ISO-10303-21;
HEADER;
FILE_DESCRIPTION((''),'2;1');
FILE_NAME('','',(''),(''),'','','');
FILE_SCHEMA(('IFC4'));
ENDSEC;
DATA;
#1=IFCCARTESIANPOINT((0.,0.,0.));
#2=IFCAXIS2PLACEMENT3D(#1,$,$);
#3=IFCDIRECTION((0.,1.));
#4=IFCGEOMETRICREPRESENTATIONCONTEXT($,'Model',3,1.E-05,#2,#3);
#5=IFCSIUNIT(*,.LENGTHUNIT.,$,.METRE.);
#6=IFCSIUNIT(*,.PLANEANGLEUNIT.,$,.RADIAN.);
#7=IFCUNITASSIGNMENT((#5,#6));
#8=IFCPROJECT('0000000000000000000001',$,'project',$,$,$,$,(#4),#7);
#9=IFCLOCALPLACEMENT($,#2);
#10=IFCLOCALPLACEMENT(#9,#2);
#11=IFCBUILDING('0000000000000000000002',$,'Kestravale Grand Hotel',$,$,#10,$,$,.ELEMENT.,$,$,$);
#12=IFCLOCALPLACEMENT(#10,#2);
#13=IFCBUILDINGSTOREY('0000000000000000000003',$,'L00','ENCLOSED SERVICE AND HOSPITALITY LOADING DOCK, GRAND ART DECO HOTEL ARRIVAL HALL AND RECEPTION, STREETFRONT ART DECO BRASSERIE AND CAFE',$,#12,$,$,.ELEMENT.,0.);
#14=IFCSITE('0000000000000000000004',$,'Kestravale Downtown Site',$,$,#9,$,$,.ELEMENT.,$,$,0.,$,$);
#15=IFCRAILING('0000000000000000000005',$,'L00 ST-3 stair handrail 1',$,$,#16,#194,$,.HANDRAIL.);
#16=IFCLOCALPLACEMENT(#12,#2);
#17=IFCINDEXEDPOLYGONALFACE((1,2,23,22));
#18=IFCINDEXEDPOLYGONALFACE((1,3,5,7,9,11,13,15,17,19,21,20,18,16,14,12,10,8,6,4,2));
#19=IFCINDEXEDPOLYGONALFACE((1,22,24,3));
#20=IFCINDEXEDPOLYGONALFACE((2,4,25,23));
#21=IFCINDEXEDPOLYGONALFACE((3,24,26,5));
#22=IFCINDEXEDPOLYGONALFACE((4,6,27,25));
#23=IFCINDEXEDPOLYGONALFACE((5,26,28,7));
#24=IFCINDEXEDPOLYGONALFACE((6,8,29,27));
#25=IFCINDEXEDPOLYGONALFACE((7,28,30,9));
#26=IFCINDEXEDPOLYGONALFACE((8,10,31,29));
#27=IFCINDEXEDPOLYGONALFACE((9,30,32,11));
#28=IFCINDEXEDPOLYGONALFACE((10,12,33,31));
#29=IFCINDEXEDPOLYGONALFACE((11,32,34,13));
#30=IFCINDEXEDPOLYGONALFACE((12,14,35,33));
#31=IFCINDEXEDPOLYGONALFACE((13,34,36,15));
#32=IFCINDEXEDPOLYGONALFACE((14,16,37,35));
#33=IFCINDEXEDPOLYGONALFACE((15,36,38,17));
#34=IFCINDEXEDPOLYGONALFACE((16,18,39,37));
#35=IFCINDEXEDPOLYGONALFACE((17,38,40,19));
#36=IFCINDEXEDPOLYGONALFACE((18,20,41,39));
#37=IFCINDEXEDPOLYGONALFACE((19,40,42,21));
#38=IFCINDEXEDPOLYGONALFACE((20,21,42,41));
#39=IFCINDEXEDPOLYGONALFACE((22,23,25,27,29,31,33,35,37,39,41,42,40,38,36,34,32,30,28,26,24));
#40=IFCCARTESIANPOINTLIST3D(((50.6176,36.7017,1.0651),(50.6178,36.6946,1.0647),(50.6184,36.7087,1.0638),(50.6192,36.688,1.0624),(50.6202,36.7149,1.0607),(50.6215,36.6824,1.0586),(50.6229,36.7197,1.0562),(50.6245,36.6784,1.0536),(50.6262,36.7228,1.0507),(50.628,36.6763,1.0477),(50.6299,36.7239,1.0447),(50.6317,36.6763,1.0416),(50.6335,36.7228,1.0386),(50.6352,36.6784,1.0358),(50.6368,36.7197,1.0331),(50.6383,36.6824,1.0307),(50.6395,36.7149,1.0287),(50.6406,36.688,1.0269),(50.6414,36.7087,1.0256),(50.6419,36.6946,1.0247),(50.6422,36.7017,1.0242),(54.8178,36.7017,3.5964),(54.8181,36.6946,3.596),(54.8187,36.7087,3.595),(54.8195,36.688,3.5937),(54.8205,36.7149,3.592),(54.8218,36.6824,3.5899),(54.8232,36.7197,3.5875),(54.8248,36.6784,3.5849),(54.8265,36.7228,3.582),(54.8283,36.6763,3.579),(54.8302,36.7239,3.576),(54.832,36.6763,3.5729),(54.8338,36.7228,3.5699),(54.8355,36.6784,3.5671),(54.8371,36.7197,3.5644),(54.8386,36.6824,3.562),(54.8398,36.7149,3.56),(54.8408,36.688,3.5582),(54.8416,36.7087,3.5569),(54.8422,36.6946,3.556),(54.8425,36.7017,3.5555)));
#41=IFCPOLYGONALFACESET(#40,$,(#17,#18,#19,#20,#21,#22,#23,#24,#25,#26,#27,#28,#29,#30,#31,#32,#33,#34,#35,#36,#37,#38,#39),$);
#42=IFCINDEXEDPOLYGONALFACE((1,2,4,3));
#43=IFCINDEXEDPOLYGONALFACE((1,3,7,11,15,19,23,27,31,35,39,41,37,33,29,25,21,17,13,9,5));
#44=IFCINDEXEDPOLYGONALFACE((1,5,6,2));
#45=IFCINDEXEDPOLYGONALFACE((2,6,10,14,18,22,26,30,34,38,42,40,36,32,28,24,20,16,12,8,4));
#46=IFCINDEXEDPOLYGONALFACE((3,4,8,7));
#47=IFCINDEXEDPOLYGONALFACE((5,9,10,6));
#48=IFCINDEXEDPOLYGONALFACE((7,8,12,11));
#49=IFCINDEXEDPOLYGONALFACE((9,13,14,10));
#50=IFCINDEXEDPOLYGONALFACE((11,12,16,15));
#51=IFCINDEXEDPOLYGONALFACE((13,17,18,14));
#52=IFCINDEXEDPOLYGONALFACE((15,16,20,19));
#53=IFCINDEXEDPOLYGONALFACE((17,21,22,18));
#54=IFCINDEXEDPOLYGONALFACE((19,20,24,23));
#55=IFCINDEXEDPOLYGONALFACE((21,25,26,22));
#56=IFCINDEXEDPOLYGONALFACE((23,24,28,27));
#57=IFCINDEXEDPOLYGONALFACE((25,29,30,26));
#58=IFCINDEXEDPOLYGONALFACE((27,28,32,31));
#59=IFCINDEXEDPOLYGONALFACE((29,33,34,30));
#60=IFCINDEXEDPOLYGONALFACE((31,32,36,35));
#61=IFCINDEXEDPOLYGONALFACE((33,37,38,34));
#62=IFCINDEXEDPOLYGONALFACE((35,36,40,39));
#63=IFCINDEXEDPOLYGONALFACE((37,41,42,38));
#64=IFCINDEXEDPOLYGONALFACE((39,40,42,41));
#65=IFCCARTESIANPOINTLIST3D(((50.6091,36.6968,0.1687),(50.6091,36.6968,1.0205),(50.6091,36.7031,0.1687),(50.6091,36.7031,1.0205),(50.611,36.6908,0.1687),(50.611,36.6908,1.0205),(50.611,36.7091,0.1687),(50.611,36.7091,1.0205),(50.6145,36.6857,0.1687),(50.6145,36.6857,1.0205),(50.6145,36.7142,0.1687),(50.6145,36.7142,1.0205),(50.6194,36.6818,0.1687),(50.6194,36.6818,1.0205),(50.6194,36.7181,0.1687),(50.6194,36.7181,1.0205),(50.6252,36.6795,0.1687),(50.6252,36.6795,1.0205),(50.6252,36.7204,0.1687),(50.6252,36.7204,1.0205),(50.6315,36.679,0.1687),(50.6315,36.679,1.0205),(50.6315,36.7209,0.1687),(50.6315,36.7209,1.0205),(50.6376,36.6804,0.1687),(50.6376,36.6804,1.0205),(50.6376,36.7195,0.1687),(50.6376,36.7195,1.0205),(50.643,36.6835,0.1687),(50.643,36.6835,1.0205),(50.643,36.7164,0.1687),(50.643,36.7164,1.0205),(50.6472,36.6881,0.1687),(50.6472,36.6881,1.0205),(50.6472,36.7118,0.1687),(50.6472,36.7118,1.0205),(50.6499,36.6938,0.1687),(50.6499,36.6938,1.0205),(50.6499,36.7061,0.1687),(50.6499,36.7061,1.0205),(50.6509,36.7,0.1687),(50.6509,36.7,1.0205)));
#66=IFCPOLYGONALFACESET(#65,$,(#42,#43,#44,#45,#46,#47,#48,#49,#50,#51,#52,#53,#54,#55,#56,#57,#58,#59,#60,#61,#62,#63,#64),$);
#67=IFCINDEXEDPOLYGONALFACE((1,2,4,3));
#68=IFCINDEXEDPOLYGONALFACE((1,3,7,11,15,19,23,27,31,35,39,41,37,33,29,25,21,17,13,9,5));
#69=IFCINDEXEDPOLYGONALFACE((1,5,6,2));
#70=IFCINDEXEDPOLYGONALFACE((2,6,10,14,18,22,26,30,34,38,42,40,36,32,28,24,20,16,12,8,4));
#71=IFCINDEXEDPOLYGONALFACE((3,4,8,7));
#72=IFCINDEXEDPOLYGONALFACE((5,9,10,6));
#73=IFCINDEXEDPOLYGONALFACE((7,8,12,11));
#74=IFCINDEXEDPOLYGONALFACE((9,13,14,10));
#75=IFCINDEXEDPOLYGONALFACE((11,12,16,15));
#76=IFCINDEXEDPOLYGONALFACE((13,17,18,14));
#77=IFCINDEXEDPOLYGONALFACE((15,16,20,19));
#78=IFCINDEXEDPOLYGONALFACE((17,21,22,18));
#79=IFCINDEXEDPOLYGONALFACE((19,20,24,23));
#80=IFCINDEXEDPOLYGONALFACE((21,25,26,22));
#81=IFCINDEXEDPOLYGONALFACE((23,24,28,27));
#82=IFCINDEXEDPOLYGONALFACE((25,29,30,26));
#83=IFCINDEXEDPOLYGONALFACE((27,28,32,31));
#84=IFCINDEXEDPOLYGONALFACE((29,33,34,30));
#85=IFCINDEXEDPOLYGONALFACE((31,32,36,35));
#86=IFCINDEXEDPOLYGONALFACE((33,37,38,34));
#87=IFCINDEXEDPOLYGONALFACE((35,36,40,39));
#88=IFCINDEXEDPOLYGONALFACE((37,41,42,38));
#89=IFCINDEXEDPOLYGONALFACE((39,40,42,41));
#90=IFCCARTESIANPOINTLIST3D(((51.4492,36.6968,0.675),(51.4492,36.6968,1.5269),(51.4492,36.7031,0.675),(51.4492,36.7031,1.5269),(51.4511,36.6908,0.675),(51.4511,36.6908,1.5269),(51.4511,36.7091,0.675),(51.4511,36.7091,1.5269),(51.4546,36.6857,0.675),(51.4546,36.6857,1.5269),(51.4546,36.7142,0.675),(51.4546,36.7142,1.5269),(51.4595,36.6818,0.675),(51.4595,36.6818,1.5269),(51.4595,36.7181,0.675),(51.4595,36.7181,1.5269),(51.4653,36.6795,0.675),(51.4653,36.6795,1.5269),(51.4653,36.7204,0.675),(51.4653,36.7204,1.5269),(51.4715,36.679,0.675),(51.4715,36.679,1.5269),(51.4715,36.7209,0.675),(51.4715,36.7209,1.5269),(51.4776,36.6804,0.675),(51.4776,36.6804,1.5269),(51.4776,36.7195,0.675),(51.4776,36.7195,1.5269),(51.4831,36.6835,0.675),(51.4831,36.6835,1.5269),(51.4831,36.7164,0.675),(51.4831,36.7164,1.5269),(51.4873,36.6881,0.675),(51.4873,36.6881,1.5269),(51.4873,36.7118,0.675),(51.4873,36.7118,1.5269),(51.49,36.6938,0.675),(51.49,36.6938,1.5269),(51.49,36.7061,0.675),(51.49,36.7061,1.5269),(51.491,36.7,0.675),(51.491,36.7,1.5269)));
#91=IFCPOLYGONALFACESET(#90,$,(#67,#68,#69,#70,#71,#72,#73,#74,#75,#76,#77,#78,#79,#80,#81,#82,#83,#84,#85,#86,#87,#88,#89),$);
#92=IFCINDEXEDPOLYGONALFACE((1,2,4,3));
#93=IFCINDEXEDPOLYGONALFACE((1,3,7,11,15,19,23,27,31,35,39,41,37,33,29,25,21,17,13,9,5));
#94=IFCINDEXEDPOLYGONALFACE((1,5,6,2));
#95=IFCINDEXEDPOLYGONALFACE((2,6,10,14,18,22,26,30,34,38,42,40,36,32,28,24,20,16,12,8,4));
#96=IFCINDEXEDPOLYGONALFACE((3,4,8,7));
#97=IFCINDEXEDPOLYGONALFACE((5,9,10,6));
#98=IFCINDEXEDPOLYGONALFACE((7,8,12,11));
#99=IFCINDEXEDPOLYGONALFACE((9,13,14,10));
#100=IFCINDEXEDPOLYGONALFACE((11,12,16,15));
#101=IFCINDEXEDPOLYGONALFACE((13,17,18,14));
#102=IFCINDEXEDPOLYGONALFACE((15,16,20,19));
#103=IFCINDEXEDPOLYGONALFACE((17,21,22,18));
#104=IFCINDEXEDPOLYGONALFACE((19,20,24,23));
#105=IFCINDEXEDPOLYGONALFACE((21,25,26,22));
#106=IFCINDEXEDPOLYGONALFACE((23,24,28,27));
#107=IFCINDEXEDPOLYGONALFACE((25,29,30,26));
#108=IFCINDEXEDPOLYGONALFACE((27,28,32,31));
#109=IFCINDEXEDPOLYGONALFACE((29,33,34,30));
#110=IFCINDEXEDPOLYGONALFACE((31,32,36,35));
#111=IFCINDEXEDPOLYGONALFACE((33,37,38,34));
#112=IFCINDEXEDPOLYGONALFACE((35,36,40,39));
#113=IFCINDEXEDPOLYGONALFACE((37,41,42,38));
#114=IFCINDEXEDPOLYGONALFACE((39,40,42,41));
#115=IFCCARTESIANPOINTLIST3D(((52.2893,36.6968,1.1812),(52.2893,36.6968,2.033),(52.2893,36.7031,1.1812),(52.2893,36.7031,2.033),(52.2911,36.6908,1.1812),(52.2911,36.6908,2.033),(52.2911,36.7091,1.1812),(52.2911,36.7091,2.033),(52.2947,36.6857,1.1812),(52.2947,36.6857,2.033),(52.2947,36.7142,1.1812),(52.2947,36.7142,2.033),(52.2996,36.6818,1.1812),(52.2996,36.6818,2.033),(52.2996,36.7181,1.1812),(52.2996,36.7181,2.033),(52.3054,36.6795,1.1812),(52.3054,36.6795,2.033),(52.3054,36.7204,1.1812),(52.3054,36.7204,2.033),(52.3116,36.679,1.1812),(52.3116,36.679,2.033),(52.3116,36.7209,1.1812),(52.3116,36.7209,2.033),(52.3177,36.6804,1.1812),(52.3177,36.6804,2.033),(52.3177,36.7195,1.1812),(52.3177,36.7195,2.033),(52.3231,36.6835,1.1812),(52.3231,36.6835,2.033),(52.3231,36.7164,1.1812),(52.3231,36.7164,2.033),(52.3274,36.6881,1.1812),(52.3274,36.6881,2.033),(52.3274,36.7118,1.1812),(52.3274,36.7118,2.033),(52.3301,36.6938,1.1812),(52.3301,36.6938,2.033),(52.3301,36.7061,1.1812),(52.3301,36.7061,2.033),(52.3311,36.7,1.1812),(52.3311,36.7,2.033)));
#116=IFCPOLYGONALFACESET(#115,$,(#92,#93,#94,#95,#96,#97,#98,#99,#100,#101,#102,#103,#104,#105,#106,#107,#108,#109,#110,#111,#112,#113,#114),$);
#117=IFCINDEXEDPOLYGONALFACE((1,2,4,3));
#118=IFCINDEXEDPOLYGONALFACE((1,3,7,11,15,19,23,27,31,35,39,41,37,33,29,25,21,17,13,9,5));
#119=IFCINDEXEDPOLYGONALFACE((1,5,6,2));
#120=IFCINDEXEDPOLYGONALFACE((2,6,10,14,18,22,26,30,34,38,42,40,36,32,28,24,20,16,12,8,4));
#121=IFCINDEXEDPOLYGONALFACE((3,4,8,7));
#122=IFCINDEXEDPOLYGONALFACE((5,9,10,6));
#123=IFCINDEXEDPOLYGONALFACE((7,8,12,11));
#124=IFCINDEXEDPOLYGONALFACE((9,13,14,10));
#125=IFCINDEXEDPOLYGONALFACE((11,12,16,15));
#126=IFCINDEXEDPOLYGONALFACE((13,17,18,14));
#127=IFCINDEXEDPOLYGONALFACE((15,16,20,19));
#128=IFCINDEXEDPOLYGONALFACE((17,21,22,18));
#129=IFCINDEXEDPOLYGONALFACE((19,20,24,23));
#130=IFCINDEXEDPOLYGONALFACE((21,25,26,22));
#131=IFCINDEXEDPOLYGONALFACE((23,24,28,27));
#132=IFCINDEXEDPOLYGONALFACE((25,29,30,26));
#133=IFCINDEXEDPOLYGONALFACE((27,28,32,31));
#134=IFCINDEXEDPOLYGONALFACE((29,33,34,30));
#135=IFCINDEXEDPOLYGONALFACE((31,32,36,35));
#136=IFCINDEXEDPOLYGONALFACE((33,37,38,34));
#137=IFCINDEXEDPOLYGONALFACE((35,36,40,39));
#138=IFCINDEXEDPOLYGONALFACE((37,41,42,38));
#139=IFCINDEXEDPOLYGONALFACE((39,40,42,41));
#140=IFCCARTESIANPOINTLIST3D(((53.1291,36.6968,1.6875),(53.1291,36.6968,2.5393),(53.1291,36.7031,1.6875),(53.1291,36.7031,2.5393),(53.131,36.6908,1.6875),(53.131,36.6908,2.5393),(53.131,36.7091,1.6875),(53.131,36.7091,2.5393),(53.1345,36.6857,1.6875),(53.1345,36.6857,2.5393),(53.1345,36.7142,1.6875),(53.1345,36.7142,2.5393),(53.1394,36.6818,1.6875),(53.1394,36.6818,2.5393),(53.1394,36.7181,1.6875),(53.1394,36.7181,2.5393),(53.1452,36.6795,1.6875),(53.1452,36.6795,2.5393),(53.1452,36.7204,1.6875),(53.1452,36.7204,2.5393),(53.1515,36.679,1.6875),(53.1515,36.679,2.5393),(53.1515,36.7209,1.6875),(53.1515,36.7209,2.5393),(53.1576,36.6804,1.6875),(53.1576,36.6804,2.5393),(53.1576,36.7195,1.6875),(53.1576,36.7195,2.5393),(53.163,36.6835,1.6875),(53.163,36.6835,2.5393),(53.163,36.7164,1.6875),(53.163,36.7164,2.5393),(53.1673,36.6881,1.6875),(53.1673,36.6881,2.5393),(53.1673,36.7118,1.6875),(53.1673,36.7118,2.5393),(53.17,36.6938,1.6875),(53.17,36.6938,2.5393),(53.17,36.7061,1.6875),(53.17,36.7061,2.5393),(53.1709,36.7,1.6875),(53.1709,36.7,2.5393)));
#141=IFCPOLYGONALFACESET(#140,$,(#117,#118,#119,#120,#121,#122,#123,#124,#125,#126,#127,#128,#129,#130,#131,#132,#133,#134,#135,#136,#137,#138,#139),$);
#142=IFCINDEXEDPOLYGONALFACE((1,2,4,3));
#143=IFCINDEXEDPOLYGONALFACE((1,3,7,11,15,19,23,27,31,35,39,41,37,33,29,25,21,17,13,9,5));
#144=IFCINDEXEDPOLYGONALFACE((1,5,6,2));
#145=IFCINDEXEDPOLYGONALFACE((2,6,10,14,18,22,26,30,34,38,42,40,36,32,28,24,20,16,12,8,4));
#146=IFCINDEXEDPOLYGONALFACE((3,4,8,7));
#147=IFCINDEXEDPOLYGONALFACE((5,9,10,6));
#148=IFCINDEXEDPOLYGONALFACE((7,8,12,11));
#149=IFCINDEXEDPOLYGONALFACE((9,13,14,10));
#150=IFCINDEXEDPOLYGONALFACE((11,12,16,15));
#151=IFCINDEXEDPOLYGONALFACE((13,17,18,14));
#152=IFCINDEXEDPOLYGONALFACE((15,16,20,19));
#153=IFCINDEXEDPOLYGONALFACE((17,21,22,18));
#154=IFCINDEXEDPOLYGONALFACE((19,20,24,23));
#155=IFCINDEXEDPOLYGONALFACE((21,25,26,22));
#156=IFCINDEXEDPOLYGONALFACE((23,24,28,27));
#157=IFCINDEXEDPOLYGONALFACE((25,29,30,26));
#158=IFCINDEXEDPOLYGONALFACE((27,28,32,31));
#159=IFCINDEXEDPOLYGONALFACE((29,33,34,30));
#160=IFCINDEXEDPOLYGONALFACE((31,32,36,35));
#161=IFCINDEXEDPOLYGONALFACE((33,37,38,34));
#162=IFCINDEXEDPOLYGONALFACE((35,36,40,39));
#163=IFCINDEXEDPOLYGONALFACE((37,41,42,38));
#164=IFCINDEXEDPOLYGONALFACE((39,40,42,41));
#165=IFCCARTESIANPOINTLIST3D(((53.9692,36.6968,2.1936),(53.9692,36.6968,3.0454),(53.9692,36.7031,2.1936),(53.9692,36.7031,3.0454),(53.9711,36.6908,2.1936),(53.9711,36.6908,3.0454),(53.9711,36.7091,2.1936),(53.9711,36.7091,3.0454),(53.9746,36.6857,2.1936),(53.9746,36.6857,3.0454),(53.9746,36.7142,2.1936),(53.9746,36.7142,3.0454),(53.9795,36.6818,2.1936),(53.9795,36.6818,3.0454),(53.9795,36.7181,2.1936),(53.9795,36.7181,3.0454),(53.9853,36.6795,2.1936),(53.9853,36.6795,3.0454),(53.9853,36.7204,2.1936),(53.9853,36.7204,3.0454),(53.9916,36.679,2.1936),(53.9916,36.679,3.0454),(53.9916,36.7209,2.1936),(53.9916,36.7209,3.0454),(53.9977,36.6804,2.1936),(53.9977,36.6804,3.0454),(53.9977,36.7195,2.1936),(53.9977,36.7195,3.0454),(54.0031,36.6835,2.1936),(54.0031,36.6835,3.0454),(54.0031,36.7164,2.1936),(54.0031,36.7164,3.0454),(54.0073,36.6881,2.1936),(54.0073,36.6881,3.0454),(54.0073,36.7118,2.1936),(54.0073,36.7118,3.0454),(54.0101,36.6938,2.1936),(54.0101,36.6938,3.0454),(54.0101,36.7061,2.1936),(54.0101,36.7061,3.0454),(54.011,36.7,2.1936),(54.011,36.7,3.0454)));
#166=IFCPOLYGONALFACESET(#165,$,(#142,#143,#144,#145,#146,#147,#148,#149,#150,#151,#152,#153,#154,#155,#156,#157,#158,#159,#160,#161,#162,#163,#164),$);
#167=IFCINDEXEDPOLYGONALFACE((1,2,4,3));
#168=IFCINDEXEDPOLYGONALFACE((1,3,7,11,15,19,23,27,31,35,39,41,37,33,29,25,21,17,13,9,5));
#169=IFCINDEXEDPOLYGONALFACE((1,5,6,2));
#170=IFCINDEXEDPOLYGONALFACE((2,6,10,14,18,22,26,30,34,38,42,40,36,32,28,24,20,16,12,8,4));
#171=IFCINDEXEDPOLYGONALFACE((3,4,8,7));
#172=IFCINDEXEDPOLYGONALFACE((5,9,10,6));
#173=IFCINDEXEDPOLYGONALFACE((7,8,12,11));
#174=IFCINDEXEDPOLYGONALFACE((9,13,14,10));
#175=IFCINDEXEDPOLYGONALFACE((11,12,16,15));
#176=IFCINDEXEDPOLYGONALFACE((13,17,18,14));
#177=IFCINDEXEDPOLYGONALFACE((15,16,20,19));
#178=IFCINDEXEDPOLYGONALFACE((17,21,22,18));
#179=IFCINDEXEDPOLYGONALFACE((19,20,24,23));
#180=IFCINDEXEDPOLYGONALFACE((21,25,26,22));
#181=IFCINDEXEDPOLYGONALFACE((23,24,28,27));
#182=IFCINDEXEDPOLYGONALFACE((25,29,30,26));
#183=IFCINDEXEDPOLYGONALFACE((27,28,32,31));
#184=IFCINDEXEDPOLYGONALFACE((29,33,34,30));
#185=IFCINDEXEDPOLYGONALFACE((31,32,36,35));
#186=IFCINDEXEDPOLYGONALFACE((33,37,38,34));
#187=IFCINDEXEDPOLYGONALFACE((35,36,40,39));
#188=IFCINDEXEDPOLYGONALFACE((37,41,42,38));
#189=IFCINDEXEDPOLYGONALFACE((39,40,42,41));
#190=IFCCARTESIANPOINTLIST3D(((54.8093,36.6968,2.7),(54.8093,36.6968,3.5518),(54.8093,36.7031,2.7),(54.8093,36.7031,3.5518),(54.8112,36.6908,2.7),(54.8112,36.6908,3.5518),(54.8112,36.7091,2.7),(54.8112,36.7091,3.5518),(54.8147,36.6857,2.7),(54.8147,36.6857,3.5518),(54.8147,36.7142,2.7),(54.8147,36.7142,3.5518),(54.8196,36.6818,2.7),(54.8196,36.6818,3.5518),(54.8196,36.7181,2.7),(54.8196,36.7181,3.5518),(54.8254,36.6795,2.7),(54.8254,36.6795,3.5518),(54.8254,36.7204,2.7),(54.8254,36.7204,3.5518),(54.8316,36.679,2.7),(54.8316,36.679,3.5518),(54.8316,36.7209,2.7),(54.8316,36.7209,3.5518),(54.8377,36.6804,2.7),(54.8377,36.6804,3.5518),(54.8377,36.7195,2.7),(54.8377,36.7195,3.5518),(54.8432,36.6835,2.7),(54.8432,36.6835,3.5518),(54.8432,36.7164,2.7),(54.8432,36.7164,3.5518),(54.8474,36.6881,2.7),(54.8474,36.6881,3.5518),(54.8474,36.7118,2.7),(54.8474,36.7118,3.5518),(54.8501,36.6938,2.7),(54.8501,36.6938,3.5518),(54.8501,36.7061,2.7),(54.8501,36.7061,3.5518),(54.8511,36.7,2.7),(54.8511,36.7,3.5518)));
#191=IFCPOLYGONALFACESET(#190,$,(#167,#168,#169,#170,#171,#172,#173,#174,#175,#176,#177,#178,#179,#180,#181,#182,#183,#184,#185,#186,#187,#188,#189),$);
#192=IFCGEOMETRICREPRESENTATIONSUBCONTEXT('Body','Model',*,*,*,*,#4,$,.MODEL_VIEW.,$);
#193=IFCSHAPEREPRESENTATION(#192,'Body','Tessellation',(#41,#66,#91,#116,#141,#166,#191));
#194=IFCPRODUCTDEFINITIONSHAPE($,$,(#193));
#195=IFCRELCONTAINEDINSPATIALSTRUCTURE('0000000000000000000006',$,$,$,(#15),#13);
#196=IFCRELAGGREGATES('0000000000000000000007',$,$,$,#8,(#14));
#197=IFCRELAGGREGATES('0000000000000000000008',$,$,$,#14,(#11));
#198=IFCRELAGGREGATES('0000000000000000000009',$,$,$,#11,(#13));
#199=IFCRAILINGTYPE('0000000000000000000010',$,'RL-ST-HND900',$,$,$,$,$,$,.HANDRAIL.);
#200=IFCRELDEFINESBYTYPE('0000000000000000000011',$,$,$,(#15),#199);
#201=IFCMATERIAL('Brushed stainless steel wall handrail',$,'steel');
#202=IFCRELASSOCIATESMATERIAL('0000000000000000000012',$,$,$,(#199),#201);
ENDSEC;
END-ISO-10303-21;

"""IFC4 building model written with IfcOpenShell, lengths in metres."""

from ifc_helpers import new_model, si_unit, direction, frame, origin, origin_2d, place, context, subcontext, project, spatial, circle, extrude, material, type_object, element, save


model = new_model("IFC4")

# Units and contexts
model_context = context("Model", 3, precision=1e-05, world=origin(), true_north=direction((0.0, 1.0)))
body_context = subcontext(model_context, "Body", "Model", "MODEL_VIEW")
ifc_project = project(units=[si_unit("LENGTHUNIT", "METRE"), si_unit("PLANEANGLEUNIT", "RADIAN")], contexts=[model_context])

# Site, building, storey
site_placement = place(None, origin())
site = spatial("IfcSite", under=ifc_project, at=site_placement, Name="Kestravale Downtown Site", CompositionType="ELEMENT", RefElevation=0.0)
building_placement = place(site_placement, origin())
building = spatial("IfcBuilding", under=site, at=building_placement, Name="Kestravale Grand Hotel", CompositionType="ELEMENT")
storey_placement = place(building_placement, origin())
storey = spatial("IfcBuildingStorey", under=building, at=storey_placement, Name="L00", Description="ENCLOSED SERVICE AND HOSPITALITY LOADING DOCK, GRAND ART DECO HOTEL ARRIVAL HALL AND RECEPTION, STREETFRONT ART DECO BRASSERIE AND CAFE", CompositionType="ELEMENT", Elevation=0.0)

# Railing
ifc_material_1 = material(Name="Brushed stainless steel wall handrail", Category="steel")
railing_type_1 = type_object("IfcRailingType", Name="RL-ST-HND900", PredefinedType="HANDRAIL", material=ifc_material_1)
railing_1_placement = place(storey_placement, frame((50.6299, 36.7, 0.1687)))
element("IfcRailing", 1, at=railing_1_placement, inside=storey, type_object=railing_type_1, Name="L00 ST-3 stair handrail 1", PredefinedType="HANDRAIL", context=body_context, shape_type="SweptSolid", body=[
    extrude(circle(Radius=0.0239, at=origin_2d()), frame((0.0, 0.0, 0.876), z_axis=(0.85649, 0.0, 0.516164), x_axis=(0.0, 1.0, 0.0)), (0.0, 0.0, 1.0), 4.9041),
    extrude(circle(Radius=0.021, at=origin_2d()), origin(), (0.0, 0.0, 1.0), 0.8518),
    extrude(circle(Radius=0.021, at=origin_2d()), frame((0.8401, 0.0, 0.5063)), (0.0, 0.0, 1.0), 0.8518),
    extrude(circle(Radius=0.021, at=origin_2d()), frame((1.6802, 0.0, 1.0125)), (0.0, 0.0, 1.0), 0.8518),
    extrude(circle(Radius=0.021, at=origin_2d()), frame((2.52, 0.0, 1.5188)), (0.0, 0.0, 1.0), 0.8518),
    extrude(circle(Radius=0.021, at=origin_2d()), frame((3.3601, 0.0, 2.0249)), (0.0, 0.0, 1.0), 0.8518),
    extrude(circle(Radius=0.021, at=origin_2d()), frame((4.2002, 0.0, 2.5312)), (0.0, 0.0, 1.0), 0.8518),
])

save(model, "model.ifc")
